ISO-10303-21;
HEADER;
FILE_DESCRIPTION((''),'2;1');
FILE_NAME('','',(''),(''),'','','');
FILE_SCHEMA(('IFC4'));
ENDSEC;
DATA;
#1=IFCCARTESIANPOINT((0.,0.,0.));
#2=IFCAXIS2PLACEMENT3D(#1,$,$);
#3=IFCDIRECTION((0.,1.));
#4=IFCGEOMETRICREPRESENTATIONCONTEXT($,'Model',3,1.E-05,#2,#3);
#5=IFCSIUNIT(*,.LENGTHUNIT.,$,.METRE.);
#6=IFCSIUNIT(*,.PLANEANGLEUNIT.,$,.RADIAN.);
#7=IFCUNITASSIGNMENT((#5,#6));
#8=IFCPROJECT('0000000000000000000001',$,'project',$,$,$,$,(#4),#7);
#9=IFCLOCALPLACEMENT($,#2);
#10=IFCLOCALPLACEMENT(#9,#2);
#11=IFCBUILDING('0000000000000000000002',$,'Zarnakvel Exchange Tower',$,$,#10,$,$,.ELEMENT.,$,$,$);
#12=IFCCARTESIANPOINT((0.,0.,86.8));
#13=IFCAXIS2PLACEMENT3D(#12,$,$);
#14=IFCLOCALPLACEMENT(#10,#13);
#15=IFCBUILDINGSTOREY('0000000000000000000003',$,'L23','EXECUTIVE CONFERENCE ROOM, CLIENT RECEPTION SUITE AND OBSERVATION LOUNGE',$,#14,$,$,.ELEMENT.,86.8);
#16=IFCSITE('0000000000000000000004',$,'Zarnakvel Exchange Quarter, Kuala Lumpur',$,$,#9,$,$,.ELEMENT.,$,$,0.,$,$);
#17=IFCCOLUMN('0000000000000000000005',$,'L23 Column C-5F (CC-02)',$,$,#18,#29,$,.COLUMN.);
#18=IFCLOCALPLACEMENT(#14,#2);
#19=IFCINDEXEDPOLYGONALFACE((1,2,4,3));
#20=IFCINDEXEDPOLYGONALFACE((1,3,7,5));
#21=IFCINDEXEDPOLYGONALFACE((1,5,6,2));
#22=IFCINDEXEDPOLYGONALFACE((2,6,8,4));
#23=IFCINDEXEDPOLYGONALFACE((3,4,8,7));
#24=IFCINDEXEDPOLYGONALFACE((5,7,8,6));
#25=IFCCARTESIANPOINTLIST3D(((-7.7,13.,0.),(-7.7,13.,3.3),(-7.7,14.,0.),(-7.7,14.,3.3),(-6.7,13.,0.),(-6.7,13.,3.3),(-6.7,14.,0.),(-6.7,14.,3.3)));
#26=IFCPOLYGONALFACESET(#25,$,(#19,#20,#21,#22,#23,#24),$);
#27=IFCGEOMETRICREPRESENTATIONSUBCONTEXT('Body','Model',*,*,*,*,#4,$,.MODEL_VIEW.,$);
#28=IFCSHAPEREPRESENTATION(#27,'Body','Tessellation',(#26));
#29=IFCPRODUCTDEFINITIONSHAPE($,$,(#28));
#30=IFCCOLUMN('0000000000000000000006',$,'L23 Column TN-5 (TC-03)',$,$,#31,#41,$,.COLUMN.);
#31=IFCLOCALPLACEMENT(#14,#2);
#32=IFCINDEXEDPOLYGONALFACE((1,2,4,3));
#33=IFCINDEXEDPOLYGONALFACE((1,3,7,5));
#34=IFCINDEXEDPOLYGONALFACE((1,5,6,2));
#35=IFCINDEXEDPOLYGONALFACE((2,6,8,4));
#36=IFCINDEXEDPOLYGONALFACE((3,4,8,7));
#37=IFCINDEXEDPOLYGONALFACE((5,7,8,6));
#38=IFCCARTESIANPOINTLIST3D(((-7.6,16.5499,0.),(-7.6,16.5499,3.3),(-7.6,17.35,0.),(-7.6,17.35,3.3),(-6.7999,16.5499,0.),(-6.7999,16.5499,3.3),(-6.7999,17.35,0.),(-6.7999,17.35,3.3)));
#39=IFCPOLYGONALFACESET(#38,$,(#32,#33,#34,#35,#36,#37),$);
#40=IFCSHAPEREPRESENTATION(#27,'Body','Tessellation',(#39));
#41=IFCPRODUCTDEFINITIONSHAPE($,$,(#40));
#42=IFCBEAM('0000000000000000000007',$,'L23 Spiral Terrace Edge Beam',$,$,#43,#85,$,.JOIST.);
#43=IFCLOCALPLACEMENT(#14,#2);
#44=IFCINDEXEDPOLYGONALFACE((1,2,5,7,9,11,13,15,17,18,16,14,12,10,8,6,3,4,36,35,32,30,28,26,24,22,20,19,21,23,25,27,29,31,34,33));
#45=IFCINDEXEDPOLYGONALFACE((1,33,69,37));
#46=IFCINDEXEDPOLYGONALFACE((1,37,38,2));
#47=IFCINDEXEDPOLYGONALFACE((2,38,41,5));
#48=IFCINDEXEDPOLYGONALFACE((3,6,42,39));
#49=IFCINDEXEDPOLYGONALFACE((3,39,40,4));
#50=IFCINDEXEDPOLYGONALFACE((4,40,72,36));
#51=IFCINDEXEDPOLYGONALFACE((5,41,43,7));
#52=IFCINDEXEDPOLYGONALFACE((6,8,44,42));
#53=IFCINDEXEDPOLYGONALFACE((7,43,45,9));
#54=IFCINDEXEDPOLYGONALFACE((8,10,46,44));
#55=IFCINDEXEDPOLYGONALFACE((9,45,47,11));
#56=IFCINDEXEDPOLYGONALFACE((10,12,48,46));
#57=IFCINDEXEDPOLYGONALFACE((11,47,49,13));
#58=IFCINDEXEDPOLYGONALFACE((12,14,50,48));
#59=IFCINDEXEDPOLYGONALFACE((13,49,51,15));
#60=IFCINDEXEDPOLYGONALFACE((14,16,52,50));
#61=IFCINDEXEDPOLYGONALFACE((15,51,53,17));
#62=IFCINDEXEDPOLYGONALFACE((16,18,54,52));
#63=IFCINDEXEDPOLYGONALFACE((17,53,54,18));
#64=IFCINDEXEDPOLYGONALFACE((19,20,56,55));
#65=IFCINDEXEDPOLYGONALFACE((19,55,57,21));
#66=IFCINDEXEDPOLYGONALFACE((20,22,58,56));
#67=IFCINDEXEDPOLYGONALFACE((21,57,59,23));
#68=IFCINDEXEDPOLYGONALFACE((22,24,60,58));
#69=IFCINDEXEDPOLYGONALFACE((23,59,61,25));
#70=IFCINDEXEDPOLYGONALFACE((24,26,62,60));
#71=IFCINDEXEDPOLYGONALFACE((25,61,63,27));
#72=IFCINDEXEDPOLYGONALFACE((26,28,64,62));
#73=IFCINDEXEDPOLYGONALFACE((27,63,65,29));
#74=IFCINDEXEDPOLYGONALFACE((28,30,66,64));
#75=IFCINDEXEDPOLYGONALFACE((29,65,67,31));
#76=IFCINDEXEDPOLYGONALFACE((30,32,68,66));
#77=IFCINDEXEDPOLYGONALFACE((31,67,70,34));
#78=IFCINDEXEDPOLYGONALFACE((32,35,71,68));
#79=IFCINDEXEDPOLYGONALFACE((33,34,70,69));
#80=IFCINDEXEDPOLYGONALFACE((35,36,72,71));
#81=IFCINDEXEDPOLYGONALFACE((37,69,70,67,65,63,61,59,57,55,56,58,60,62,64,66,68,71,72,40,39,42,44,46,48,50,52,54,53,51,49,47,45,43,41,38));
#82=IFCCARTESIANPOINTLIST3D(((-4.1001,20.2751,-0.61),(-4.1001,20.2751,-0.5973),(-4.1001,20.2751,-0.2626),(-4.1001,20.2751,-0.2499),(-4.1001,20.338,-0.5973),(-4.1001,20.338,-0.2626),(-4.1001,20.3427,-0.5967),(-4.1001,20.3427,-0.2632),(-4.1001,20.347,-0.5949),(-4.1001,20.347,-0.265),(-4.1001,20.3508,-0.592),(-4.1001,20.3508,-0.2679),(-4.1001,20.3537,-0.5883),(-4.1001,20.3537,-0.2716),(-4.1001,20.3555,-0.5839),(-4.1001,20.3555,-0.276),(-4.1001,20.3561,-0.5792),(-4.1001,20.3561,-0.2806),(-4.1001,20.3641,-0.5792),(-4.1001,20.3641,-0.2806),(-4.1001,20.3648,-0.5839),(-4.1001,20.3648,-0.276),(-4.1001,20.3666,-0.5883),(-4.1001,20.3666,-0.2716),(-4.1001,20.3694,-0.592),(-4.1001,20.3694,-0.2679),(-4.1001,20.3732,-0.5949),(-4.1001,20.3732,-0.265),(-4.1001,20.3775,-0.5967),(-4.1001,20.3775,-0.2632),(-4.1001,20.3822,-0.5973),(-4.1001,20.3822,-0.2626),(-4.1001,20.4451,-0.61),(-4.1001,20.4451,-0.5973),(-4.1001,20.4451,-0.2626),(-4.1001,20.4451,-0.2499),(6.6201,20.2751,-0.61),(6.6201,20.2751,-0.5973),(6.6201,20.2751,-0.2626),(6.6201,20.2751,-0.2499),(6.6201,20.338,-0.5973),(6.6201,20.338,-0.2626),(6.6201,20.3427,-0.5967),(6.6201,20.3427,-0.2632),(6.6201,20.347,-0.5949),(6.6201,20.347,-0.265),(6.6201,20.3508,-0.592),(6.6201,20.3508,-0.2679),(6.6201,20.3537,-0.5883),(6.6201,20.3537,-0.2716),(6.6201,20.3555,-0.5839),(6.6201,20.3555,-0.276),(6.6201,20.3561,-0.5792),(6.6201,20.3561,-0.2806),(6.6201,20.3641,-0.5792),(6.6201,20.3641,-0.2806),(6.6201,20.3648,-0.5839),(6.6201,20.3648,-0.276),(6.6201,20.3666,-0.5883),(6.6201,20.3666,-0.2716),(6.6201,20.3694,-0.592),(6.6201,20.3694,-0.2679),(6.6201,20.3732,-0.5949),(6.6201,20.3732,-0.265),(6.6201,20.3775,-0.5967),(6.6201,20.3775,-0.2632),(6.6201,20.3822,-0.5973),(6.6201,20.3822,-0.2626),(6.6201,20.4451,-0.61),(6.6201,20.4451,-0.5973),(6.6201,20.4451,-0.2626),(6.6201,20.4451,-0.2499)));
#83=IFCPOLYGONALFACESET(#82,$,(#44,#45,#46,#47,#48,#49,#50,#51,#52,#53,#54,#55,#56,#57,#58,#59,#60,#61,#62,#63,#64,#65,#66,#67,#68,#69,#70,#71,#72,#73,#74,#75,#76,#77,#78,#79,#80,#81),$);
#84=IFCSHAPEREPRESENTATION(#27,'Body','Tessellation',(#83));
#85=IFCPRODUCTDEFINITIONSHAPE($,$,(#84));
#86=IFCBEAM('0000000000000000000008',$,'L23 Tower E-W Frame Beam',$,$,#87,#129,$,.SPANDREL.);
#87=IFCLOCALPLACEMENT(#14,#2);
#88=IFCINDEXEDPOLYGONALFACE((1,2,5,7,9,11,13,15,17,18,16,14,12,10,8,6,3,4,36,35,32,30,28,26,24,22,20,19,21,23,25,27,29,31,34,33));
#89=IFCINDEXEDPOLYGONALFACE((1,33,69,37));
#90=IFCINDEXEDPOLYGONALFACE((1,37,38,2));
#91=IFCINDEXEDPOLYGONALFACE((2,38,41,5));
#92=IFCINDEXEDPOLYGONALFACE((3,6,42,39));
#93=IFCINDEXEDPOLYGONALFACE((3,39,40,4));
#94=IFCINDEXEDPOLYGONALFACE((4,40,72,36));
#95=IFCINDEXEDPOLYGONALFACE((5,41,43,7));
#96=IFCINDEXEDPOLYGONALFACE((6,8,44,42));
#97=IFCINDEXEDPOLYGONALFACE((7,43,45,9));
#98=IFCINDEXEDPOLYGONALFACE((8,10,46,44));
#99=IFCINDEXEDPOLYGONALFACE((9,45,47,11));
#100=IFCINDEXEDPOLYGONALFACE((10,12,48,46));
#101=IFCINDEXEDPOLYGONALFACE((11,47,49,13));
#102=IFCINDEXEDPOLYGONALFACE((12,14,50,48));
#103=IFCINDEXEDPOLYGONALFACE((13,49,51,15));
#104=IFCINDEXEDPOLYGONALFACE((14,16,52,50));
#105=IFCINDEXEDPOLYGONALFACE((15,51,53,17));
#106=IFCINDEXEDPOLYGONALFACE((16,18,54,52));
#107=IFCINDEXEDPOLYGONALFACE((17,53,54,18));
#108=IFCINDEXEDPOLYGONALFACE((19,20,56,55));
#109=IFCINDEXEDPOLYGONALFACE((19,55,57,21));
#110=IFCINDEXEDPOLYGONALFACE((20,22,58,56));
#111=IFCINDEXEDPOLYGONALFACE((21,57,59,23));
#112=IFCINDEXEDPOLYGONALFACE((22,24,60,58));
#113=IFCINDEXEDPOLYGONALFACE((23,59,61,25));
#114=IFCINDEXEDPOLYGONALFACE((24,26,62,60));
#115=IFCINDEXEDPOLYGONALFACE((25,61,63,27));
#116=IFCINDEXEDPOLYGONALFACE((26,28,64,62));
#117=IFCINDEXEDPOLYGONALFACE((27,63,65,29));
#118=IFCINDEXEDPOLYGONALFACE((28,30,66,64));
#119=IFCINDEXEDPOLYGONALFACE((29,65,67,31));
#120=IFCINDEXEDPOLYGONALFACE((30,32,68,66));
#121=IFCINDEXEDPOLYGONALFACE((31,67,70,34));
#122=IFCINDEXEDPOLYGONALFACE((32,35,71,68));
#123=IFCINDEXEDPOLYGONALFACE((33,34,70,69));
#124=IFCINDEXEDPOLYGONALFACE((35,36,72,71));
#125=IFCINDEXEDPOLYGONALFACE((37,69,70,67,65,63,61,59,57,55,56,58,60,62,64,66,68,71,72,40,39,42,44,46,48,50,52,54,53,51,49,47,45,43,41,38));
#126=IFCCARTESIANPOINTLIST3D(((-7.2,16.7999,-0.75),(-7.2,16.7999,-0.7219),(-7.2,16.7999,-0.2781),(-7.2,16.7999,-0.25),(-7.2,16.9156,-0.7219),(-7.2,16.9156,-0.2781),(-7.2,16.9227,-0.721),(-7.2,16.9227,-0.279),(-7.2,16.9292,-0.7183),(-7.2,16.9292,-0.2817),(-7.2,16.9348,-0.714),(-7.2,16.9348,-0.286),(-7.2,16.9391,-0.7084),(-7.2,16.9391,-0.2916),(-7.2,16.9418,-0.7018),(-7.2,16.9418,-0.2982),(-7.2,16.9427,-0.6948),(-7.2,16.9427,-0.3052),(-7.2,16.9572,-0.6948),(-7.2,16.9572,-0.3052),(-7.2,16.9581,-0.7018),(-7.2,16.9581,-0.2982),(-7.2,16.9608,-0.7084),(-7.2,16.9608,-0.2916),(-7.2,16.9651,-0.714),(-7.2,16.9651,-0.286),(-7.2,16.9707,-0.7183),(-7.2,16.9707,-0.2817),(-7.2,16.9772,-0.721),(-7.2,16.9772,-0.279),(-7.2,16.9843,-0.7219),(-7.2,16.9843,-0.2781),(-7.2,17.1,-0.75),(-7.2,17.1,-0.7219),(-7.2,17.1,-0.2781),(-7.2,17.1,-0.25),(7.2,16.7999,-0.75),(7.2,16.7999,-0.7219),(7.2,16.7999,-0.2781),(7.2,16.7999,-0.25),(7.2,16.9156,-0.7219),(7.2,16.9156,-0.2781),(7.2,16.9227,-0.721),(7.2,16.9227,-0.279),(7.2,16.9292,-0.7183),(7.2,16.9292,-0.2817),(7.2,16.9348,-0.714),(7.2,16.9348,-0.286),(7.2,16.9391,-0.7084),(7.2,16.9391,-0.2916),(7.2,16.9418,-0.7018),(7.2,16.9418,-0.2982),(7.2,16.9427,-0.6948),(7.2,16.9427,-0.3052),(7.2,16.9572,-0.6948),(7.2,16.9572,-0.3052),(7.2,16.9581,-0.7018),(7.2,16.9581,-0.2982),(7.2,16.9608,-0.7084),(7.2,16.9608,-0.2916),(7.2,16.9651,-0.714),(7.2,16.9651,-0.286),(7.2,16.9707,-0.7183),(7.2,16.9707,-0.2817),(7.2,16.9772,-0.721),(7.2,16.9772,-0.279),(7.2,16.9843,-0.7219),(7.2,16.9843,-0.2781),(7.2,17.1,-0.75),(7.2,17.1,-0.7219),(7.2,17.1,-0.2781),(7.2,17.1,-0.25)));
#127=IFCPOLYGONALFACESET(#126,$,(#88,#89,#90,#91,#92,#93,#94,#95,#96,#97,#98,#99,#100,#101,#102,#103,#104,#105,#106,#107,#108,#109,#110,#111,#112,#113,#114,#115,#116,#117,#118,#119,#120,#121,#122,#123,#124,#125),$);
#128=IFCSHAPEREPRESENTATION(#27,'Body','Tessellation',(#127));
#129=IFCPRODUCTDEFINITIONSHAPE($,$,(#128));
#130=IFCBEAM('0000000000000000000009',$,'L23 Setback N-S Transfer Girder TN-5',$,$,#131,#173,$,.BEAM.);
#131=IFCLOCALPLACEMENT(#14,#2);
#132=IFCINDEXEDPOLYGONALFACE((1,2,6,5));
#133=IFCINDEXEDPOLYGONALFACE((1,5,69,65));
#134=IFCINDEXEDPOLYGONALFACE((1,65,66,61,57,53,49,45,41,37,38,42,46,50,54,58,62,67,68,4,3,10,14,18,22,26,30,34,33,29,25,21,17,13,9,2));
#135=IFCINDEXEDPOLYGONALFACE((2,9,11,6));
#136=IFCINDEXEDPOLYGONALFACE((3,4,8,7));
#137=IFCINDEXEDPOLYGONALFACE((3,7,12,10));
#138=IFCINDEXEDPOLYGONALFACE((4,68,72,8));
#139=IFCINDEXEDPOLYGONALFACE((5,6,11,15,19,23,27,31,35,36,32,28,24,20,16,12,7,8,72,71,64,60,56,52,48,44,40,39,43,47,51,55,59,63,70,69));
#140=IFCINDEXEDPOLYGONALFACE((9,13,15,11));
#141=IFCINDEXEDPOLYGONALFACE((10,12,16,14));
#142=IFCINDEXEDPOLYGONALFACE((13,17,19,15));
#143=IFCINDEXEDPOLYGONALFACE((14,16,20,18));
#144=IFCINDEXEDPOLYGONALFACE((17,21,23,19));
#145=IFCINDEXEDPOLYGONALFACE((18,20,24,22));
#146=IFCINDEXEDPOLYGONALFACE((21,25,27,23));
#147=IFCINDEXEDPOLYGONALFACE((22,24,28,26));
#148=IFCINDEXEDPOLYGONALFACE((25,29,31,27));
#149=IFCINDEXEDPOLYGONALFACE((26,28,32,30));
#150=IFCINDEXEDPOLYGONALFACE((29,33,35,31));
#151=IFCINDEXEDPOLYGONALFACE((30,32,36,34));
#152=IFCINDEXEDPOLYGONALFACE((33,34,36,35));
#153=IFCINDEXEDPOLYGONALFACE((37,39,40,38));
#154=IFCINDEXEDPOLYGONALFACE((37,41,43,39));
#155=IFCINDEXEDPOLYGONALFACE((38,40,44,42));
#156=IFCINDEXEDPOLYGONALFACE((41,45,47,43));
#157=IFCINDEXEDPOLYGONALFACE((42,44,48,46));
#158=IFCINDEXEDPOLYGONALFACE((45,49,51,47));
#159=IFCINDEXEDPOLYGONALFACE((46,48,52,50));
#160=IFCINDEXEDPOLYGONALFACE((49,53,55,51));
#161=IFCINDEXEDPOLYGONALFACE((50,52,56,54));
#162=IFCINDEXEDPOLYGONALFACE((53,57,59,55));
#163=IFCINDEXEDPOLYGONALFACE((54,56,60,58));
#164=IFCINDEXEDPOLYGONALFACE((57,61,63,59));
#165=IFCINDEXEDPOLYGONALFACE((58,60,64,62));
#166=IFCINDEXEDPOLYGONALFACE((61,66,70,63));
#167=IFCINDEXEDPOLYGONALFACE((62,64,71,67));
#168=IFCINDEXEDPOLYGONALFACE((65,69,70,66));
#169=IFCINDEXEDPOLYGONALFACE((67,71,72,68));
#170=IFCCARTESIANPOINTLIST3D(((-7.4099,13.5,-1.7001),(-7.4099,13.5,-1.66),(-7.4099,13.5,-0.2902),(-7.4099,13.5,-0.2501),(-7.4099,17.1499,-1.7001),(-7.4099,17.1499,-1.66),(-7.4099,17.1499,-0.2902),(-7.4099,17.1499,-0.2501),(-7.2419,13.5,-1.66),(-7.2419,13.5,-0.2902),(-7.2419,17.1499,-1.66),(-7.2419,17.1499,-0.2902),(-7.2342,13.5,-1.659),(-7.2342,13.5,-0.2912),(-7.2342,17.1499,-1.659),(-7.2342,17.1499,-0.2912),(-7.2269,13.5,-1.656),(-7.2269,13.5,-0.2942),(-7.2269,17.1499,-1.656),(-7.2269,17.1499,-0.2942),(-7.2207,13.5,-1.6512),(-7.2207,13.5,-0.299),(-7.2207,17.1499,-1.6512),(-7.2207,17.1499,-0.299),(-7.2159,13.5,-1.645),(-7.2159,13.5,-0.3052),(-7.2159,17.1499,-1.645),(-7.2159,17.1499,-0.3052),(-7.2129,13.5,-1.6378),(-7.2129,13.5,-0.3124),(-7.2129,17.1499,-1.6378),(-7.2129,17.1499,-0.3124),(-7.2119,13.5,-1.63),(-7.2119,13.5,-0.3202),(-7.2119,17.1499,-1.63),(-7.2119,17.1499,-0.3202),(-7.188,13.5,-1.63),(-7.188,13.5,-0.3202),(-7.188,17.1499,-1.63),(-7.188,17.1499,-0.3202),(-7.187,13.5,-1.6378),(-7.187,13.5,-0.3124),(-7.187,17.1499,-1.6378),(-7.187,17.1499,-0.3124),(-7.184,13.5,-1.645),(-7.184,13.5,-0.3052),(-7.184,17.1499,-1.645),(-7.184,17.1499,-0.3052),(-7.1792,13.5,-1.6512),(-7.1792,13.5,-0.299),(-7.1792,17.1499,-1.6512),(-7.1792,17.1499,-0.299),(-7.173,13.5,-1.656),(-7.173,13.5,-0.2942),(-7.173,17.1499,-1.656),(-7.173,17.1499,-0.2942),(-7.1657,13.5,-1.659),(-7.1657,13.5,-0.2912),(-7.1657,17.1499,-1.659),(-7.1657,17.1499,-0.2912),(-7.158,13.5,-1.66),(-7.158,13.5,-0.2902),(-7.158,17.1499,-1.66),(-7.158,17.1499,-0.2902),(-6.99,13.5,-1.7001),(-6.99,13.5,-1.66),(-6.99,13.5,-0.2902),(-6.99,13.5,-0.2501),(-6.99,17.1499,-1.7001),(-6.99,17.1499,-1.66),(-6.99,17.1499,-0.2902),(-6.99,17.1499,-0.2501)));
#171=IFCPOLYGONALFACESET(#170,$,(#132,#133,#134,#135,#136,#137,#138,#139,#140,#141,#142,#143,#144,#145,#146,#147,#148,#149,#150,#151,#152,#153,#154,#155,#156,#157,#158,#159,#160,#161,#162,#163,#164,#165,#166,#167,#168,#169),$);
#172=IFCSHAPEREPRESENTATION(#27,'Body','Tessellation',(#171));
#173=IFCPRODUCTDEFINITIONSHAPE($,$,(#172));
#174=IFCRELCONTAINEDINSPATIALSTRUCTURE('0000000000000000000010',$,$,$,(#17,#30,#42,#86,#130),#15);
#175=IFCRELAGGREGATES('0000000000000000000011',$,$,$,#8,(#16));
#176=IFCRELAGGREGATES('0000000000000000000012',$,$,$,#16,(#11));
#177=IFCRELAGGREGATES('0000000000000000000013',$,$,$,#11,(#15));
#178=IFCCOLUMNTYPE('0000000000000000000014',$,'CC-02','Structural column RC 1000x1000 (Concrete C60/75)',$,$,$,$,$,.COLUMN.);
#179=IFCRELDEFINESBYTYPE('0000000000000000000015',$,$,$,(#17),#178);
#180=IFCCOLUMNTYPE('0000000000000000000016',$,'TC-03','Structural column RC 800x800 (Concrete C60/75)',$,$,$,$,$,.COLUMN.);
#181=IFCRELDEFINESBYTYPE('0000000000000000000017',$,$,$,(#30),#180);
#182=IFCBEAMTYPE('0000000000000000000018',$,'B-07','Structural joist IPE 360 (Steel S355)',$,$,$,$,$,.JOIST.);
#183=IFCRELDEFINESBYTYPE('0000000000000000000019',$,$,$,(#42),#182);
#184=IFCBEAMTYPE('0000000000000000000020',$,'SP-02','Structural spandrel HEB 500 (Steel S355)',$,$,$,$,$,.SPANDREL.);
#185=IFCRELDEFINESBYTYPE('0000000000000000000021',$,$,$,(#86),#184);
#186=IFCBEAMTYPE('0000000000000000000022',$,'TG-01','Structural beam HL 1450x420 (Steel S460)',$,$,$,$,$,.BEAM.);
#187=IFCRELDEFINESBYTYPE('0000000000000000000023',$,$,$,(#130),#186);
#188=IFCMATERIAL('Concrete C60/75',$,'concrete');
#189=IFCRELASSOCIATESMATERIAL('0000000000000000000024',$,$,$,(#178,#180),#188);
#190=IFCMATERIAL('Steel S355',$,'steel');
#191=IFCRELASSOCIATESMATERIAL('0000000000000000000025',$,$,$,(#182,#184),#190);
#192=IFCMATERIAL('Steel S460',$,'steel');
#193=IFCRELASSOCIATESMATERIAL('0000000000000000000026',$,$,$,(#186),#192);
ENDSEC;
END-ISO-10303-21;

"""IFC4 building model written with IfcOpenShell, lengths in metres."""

from ifc_helpers import new_model, si_unit, direction, frame, origin, origin_2d, place, context, subcontext, project, spatial, rectangle, i_section, extrude, material, material_profile, profile_set, type_object, element, save


model = new_model("IFC4")

# Units and contexts
model_context = context("Model", 3, precision=1e-05, world=origin(), true_north=direction((0.0, 1.0)))
body_context = subcontext(model_context, "Body", "Model", "MODEL_VIEW")
ifc_project = project(units=[si_unit("LENGTHUNIT", "METRE"), si_unit("PLANEANGLEUNIT", "RADIAN")], contexts=[model_context])

# Site, building, storey
site_placement = place(None, origin())
site = spatial("IfcSite", under=ifc_project, at=site_placement, Name="Zarnakvel Exchange Quarter, Kuala Lumpur", CompositionType="ELEMENT", RefElevation=0.0)
building_placement = place(site_placement, origin())
building = spatial("IfcBuilding", under=site, at=building_placement, Name="Zarnakvel Exchange Tower", CompositionType="ELEMENT")
storey_placement = place(building_placement, frame((0.0, 0.0, 86.8)))
storey = spatial("IfcBuildingStorey", under=building, at=storey_placement, Name="L23", Description="EXECUTIVE CONFERENCE ROOM, CLIENT RECEPTION SUITE AND OBSERVATION LOUNGE", CompositionType="ELEMENT", Elevation=86.8)

# Columns
ifc_material_1 = material(Name="Concrete C60/75", Category="concrete")
ifc_material_profile_1 = material_profile(ifc_material_1, rectangle(XDim=1.0, YDim=1.0, at=origin_2d()))
ifc_profile_set_1 = profile_set([ifc_material_profile_1], Name="Concrete C60/75")
column_type_1 = type_object("IfcColumnType", Name="CC-02", Description="Structural column RC 1000x1000 (Concrete C60/75)", PredefinedType="COLUMN", material=ifc_profile_set_1)
column_1_placement = place(storey_placement, frame((-7.2, 13.5, 0.0), z_axis=(0.0, 0.0, 1.0), x_axis=(1.0, 0.0, 0.0)))
element("IfcColumn", 1, at=column_1_placement, inside=storey, type_object=column_type_1, Name="L23 Column C-5F (CC-02)", PredefinedType="COLUMN", context=body_context, shape_type="SweptSolid", body=[
    extrude(rectangle(XDim=1.0, YDim=1.0, at=origin_2d()), origin(), (0.0, 0.0, 1.0), 3.3),
])
ifc_material_profile_2 = material_profile(ifc_material_1, rectangle(XDim=0.8, YDim=0.8, at=origin_2d()))
ifc_profile_set_2 = profile_set([ifc_material_profile_2], Name="Concrete C60/75")
column_type_2 = type_object("IfcColumnType", Name="TC-03", Description="Structural column RC 800x800 (Concrete C60/75)", PredefinedType="COLUMN", material=ifc_profile_set_2)
column_2_placement = place(storey_placement, frame((-7.2, 16.95, 0.0), z_axis=(0.0, 0.0, 1.0), x_axis=(1.0, 0.0, 0.0)))
element("IfcColumn", 2, at=column_2_placement, inside=storey, type_object=column_type_2, Name="L23 Column TN-5 (TC-03)", PredefinedType="COLUMN", context=body_context, shape_type="SweptSolid", body=[
    extrude(rectangle(XDim=0.8, YDim=0.8, at=origin_2d()), origin(), (0.0, 0.0, 1.0), 3.3),
])

# Beams
ifc_material_2 = material(Name="Steel S355", Category="steel")
ifc_material_profile_3 = material_profile(ifc_material_2, i_section(OverallWidth=0.1699, OverallDepth=0.3601, WebThickness=0.0081, FlangeThickness=0.0127, FilletRadius=0.0181, at=origin_2d()))
ifc_profile_set_3 = profile_set([ifc_material_profile_3], Name="Steel S355")
beam_type_1 = type_object("IfcBeamType", Name="B-07", Description="Structural joist IPE 360 (Steel S355)", PredefinedType="JOIST", material=ifc_profile_set_3)
beam_1_placement = place(storey_placement, frame((-4.1001, 20.3601, -0.4299), z_axis=(1.0, 0.0, 0.0), x_axis=(0.0, 1.0, 0.0)))
element("IfcBeam", 3, at=beam_1_placement, inside=storey, type_object=beam_type_1, Name="L23 Spiral Terrace Edge Beam", PredefinedType="JOIST", context=body_context, shape_type="SweptSolid", body=[
    extrude(i_section(OverallWidth=0.1699, OverallDepth=0.3601, WebThickness=0.0081, FlangeThickness=0.0127, FilletRadius=0.0181, at=origin_2d()), origin(), (0.0, 0.0, 1.0), 10.7202),
])
ifc_material_profile_4 = material_profile(ifc_material_2, i_section(OverallWidth=0.3, OverallDepth=0.5, WebThickness=0.0144, FlangeThickness=0.0281, FilletRadius=0.0271, at=origin_2d()))
ifc_profile_set_4 = profile_set([ifc_material_profile_4], Name="Steel S355")
beam_type_2 = type_object("IfcBeamType", Name="SP-02", Description="Structural spandrel HEB 500 (Steel S355)", PredefinedType="SPANDREL", material=ifc_profile_set_4)
beam_2_placement = place(storey_placement, frame((-7.2, 16.95, -0.5), z_axis=(1.0, 0.0, 0.0), x_axis=(0.0, 1.0, 0.0)))
element("IfcBeam", 4, at=beam_2_placement, inside=storey, type_object=beam_type_2, Name="L23 Tower E-W Frame Beam", PredefinedType="SPANDREL", context=body_context, shape_type="SweptSolid", body=[
    extrude(i_section(OverallWidth=0.3, OverallDepth=0.5, WebThickness=0.0144, FlangeThickness=0.0281, FilletRadius=0.0271, at=origin_2d()), origin(), (0.0, 0.0, 1.0), 14.3999),
])
ifc_material_3 = material(Name="Steel S460", Category="steel")
ifc_material_profile_5 = material_profile(ifc_material_3, i_section(OverallWidth=0.4199, OverallDepth=1.45, WebThickness=0.0239, FlangeThickness=0.04, FilletRadius=0.03, at=origin_2d()))
ifc_profile_set_5 = profile_set([ifc_material_profile_5], Name="Steel S460")
beam_type_3 = type_object("IfcBeamType", Name="TG-01", Description="Structural beam HL 1450x420 (Steel S460)", PredefinedType="BEAM", material=ifc_profile_set_5)
beam_3_placement = place(storey_placement, frame((-7.2, 13.5, -0.9751), z_axis=(0.0, 1.0, 0.0), x_axis=(-1.0, 0.0, 0.0)))
element("IfcBeam", 5, at=beam_3_placement, inside=storey, type_object=beam_type_3, Name="L23 Setback N-S Transfer Girder TN-5", PredefinedType="BEAM", context=body_context, shape_type="SweptSolid", body=[
    extrude(i_section(OverallWidth=0.4199, OverallDepth=1.45, WebThickness=0.0239, FlangeThickness=0.04, FilletRadius=0.03, at=origin_2d()), origin(), (0.0, 0.0, 1.0), 3.6499),
])

save(model, "model.ifc")
